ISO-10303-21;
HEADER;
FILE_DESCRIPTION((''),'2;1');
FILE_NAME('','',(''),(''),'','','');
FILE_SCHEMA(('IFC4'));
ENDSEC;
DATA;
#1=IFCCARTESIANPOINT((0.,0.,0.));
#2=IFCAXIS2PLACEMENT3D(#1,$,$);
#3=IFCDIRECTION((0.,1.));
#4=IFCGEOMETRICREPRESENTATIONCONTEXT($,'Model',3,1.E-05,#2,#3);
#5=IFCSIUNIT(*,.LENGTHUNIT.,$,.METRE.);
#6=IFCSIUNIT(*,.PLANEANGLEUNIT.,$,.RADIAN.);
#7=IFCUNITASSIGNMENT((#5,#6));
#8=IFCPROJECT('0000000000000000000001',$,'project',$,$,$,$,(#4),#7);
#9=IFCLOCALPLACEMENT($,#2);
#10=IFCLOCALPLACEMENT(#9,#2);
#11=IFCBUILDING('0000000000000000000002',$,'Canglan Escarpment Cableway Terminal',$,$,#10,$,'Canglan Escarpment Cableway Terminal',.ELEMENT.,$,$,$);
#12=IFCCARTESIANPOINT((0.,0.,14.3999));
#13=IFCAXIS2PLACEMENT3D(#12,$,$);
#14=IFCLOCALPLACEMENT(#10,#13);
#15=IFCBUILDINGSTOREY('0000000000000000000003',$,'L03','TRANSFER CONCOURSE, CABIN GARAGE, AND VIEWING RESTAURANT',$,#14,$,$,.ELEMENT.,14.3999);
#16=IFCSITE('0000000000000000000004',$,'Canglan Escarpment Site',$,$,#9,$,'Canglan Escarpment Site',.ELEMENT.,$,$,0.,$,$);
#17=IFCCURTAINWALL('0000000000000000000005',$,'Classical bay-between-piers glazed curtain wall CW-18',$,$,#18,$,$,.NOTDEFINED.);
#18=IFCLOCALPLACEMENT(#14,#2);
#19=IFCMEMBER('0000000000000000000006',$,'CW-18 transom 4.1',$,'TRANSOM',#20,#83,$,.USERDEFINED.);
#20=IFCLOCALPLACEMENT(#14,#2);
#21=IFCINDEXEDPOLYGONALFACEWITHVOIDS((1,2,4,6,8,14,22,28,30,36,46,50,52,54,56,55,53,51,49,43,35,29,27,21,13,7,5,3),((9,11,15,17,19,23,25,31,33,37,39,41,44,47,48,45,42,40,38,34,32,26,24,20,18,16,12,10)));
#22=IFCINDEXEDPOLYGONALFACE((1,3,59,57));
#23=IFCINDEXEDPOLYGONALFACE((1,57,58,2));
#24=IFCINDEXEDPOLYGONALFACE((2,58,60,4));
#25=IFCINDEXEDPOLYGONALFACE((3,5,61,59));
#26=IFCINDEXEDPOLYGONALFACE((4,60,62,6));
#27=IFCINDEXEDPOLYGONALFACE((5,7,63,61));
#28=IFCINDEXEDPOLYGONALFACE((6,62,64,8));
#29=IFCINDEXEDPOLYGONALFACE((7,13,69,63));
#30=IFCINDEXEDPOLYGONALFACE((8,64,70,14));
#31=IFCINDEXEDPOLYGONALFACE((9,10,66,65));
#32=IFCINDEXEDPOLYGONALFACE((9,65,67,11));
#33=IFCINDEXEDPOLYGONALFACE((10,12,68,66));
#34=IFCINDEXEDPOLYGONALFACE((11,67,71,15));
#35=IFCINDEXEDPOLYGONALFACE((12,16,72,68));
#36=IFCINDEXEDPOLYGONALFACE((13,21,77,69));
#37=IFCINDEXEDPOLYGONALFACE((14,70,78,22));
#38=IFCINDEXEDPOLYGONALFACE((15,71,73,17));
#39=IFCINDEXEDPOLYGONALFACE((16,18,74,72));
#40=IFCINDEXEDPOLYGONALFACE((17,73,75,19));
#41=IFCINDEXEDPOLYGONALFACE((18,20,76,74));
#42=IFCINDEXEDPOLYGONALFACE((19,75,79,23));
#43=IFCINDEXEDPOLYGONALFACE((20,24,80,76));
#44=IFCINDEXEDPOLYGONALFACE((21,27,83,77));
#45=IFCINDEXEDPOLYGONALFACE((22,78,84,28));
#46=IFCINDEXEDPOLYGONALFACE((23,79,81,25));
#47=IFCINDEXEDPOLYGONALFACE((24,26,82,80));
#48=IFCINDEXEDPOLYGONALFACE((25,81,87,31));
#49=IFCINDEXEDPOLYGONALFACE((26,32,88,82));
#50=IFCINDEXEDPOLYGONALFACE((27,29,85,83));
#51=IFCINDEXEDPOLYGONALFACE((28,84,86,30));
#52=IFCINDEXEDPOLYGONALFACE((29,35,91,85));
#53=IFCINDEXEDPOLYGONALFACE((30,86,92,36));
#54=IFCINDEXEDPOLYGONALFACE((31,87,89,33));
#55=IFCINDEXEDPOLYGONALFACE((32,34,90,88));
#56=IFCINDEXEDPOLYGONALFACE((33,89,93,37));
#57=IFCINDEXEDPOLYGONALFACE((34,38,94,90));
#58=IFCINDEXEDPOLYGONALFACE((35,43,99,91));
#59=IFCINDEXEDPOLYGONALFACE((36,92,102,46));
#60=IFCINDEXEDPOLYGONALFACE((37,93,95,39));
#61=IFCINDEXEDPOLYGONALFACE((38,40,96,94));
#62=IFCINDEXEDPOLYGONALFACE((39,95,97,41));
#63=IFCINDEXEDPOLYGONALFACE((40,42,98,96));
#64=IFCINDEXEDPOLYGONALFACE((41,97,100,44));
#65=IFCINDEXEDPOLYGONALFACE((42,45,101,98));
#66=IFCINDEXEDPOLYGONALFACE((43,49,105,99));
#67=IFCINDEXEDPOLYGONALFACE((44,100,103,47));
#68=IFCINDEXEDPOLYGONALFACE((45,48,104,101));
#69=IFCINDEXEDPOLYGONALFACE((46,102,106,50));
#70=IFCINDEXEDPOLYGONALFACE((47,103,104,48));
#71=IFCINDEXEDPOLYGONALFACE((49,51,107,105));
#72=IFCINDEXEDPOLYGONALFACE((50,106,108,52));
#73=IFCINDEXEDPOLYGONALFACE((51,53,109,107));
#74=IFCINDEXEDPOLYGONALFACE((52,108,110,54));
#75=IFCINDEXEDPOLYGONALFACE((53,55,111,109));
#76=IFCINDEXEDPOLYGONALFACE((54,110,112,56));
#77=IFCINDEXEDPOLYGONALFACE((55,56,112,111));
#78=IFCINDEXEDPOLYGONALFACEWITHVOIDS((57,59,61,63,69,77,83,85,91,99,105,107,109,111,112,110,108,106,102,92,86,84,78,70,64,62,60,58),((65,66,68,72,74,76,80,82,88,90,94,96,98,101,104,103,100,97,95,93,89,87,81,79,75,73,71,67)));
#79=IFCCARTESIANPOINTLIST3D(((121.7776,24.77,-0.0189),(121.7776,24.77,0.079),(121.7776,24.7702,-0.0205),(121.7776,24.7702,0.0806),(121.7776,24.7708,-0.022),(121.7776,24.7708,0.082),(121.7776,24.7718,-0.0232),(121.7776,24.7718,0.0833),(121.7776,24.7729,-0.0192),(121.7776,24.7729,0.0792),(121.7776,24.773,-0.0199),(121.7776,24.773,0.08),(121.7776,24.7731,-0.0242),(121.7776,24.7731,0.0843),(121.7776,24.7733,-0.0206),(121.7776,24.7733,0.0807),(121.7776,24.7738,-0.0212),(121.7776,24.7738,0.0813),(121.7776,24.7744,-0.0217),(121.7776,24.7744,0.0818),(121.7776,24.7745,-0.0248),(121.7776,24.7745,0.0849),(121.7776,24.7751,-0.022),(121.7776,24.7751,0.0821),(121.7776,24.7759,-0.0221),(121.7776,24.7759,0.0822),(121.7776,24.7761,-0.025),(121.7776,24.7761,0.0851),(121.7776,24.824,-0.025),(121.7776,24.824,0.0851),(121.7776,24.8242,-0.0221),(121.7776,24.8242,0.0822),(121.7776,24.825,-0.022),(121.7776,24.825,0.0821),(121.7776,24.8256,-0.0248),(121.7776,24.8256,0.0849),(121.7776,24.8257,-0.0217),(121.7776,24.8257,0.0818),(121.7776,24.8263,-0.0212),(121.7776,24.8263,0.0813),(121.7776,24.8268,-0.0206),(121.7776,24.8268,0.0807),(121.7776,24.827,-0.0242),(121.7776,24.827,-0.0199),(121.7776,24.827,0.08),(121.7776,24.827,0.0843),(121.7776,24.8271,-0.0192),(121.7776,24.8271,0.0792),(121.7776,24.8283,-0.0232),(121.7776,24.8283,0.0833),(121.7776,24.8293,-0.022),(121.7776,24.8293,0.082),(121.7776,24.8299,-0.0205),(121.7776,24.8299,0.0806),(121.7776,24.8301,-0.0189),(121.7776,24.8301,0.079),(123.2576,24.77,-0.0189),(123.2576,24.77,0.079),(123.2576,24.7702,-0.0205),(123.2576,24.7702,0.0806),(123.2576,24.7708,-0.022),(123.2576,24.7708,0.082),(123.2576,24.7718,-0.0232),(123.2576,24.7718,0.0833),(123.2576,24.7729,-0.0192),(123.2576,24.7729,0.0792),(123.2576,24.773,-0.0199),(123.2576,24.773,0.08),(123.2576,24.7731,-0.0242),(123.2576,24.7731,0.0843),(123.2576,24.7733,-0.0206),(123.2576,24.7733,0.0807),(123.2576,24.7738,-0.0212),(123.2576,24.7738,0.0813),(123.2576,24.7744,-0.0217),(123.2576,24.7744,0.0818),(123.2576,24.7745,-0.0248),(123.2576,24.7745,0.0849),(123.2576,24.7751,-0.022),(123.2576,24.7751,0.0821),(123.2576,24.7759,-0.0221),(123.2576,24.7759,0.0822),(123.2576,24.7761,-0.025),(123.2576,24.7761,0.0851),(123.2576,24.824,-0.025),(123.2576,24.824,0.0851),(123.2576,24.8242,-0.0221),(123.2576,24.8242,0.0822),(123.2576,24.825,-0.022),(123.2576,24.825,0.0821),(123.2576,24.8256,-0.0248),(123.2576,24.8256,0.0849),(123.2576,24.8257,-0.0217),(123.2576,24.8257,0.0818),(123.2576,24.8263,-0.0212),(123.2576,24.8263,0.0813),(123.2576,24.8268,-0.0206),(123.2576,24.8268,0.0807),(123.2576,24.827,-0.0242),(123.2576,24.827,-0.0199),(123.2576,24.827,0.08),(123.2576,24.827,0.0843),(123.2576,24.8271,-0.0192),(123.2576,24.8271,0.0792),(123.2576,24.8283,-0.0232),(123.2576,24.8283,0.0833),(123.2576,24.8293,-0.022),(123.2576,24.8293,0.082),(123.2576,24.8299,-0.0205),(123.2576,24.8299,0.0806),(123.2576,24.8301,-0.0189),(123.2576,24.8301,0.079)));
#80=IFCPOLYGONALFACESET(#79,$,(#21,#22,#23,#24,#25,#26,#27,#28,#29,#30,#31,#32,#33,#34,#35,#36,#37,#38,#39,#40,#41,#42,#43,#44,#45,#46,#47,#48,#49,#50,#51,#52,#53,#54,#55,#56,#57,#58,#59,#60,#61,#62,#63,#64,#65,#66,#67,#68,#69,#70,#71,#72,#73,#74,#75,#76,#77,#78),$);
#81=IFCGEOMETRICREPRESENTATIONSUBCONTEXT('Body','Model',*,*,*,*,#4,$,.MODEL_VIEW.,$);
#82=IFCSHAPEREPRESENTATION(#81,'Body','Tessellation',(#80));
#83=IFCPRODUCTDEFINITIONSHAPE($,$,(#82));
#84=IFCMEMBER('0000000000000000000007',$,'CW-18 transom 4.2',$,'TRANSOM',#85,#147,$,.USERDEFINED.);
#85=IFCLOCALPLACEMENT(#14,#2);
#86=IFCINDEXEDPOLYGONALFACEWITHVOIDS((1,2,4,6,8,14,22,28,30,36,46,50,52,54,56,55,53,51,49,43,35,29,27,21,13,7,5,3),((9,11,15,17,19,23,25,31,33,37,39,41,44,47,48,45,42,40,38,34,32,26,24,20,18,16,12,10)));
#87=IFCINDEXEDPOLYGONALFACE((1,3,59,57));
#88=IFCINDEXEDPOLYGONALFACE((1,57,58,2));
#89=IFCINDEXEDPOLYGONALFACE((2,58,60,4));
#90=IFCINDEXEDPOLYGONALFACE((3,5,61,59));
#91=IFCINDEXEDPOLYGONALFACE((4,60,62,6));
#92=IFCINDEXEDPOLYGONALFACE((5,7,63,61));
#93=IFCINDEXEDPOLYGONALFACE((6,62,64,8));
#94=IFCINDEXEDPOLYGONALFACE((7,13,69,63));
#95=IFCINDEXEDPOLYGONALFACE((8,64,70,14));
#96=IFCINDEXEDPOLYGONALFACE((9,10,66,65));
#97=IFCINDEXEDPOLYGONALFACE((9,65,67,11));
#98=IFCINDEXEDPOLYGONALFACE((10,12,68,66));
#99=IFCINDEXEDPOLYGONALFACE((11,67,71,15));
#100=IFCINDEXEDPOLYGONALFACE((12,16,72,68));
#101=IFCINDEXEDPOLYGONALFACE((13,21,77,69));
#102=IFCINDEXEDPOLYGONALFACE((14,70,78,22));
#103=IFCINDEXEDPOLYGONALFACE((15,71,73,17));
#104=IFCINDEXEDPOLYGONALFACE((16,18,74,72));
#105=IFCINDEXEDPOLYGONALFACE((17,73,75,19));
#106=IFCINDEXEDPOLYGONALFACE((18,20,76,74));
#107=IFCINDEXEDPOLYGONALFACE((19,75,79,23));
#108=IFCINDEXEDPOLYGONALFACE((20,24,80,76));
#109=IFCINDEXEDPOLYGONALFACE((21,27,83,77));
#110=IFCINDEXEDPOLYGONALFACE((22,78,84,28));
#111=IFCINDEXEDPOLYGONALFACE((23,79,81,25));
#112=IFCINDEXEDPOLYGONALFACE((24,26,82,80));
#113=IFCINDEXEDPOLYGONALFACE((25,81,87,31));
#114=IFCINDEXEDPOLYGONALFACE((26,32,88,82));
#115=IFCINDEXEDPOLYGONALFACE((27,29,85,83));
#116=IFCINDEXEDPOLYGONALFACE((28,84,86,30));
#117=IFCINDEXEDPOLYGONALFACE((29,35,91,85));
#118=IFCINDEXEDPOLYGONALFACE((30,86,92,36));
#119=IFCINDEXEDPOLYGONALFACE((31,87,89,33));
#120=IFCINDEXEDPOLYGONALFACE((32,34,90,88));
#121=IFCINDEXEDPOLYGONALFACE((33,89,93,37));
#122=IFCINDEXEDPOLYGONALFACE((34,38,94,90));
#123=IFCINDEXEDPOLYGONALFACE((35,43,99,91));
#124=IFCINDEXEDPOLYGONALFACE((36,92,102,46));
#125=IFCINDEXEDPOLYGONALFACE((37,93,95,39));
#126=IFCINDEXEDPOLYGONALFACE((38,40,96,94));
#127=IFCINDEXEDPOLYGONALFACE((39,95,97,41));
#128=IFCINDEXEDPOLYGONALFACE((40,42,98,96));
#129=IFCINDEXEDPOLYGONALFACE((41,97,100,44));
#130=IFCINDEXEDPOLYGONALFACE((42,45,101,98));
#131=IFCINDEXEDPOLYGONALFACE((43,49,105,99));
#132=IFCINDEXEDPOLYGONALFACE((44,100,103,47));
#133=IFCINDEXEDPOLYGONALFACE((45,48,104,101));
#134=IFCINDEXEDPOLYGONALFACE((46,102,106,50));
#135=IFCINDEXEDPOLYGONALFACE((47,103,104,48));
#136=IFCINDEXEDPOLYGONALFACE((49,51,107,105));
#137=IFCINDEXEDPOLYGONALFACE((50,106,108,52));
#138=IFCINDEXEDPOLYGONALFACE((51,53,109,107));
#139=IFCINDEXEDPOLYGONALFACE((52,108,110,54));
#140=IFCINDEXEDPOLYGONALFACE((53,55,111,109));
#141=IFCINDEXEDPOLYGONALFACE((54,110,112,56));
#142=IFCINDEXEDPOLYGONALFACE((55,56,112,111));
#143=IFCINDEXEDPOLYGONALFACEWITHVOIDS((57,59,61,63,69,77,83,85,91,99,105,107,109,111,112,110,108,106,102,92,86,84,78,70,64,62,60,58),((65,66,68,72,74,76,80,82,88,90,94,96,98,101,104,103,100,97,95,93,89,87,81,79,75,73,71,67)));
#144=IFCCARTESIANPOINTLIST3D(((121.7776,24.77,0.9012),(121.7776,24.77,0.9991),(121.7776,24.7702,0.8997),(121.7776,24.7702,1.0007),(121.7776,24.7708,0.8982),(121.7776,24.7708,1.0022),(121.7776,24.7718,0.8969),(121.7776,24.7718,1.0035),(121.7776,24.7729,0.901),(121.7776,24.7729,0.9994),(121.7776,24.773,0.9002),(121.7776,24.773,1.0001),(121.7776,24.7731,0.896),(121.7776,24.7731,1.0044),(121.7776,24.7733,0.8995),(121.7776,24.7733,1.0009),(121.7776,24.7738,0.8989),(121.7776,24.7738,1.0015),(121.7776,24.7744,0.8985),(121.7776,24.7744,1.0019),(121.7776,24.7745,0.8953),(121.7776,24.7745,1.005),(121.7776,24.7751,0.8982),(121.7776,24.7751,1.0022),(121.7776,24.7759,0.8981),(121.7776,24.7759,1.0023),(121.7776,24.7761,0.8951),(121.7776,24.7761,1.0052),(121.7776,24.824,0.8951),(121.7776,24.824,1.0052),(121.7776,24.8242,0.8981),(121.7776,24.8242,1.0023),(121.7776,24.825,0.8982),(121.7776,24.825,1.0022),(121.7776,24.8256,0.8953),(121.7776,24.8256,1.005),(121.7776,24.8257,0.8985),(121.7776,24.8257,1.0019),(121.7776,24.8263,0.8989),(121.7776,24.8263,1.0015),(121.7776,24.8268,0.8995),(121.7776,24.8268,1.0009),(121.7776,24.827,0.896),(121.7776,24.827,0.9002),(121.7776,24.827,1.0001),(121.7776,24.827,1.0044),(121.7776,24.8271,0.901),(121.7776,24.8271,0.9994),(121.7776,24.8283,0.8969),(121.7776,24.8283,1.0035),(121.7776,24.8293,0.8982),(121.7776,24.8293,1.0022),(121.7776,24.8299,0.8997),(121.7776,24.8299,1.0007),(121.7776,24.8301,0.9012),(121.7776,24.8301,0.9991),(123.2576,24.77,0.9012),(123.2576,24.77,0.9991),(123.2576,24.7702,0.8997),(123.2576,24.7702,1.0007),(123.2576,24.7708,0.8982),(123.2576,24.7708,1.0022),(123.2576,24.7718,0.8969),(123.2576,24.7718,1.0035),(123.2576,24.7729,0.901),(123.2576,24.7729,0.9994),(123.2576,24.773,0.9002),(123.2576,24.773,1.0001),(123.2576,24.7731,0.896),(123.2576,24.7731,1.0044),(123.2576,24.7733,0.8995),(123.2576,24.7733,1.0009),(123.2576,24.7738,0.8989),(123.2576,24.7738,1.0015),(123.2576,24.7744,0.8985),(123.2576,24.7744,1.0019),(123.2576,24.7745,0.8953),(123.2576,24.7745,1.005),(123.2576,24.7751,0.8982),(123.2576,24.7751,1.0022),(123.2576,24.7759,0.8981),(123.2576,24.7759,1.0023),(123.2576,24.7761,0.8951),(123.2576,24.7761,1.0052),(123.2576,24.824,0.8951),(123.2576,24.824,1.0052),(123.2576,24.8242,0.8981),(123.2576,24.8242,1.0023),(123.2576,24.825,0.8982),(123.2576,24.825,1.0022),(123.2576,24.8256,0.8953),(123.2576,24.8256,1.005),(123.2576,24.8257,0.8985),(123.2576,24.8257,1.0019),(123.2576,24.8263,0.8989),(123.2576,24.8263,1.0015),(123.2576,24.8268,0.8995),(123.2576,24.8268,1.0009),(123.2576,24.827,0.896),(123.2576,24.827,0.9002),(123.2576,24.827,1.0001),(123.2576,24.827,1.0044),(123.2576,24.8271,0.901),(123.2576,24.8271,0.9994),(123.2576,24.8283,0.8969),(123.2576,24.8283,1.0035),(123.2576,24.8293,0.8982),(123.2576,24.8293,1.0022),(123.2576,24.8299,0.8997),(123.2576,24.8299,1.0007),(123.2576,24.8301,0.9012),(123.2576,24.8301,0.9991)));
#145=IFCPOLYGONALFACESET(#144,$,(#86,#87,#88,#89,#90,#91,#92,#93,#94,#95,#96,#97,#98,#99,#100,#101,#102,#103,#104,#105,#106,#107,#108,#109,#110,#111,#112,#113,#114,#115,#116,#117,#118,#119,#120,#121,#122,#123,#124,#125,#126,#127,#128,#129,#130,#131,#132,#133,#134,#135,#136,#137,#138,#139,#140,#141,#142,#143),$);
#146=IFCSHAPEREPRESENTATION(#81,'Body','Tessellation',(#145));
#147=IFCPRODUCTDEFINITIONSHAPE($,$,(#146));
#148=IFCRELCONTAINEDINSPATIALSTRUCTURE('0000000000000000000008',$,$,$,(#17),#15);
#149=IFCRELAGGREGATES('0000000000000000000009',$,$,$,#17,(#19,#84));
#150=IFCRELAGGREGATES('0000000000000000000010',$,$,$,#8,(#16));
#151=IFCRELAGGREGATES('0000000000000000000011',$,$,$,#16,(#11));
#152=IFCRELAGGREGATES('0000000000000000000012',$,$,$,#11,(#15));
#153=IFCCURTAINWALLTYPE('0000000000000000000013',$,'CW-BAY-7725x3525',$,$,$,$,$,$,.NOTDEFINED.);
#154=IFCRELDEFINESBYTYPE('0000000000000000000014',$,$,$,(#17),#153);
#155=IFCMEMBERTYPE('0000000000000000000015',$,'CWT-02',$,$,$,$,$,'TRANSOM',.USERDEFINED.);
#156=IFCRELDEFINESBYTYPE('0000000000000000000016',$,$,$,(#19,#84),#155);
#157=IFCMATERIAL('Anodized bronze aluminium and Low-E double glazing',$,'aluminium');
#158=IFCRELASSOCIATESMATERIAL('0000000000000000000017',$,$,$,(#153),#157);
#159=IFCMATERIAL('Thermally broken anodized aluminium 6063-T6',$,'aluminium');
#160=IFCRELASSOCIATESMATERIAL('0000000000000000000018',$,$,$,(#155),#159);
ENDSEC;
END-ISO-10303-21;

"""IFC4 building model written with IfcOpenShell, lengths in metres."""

from ifc_helpers import new_model, si_unit, direction, frame, origin, origin_2d, place, context, subcontext, project, spatial, hollow_rectangle, extrude, material, material_profile, profile_set, type_object, element, aggregate, save


model = new_model("IFC4")

# Units and contexts
model_context = context("Model", 3, precision=1e-05, world=origin(), true_north=direction((0.0, 1.0)))
body_context = subcontext(model_context, "Body", "Model", "MODEL_VIEW")
ifc_project = project(units=[si_unit("LENGTHUNIT", "METRE"), si_unit("PLANEANGLEUNIT", "RADIAN")], contexts=[model_context])

# Site, building, storey
site_placement = place(None, origin())
site = spatial("IfcSite", under=ifc_project, at=site_placement, Name="Canglan Escarpment Site", LongName="Canglan Escarpment Site", CompositionType="ELEMENT", RefElevation=0.0)
building_placement = place(site_placement, origin())
building = spatial("IfcBuilding", under=site, at=building_placement, Name="Canglan Escarpment Cableway Terminal", LongName="Canglan Escarpment Cableway Terminal", CompositionType="ELEMENT")
storey_placement = place(building_placement, frame((0.0, 0.0, 14.3999)))
storey = spatial("IfcBuildingStorey", under=building, at=storey_placement, Name="L03", Description="TRANSFER CONCOURSE, CABIN GARAGE, AND VIEWING RESTAURANT", CompositionType="ELEMENT", Elevation=14.3999)

# Curtain wall, members
ifc_material_1 = material(Name="Anodized bronze aluminium and Low-E double glazing", Category="aluminium")
curtain_wall_type = type_object("IfcCurtainWallType", Name="CW-BAY-7725x3525", PredefinedType="NOTDEFINED", material=ifc_material_1)
curtain_wall_placement = place(storey_placement, origin())
curtain_wall = element("IfcCurtainWall", 1, at=curtain_wall_placement, inside=storey, type_object=curtain_wall_type, Name="Classical bay-between-piers glazed curtain wall CW-18", PredefinedType="NOTDEFINED")
ifc_material_2 = material(Name="Thermally broken anodized aluminium 6063-T6", Category="aluminium")
ifc_material_profile_1 = material_profile(ifc_material_2, hollow_rectangle(XDim=0.0601, YDim=0.1101, WallThickness=0.0029, InnerFilletRadius=0.0029, OuterFilletRadius=0.0061, at=origin_2d()), Name="ALU-TRAN 60x110x3")
ifc_profile_set_1 = profile_set([ifc_material_profile_1], Name="Thermally broken anodized aluminium 6063-T6")
member_type_1 = type_object("IfcMemberType", Name="CWT-02", ElementType="TRANSOM", PredefinedType="USERDEFINED", material=ifc_profile_set_1)
member_1_placement = place(storey_placement, frame((123.2576, 24.8, 0.03), z_axis=(-1.0, 0.0, 0.0), x_axis=(0.0, -1.0, 0.0)))
member_1 = element("IfcMember", 2, at=member_1_placement, type_object=member_type_1, Name="CW-18 transom 4.1", ObjectType="TRANSOM", PredefinedType="USERDEFINED", context=body_context, shape_type="SweptSolid", body=[
    extrude(hollow_rectangle(XDim=0.0601, YDim=0.1101, WallThickness=0.0029, InnerFilletRadius=0.0029, OuterFilletRadius=0.0061, at=origin_2d()), origin(), (0.0, 0.0, 1.0), 1.48),
])
member_2_placement = place(storey_placement, frame((123.2576, 24.8, 0.9502), z_axis=(-1.0, 0.0, 0.0), x_axis=(0.0, -1.0, 0.0)))
member_2 = element("IfcMember", 3, at=member_2_placement, type_object=member_type_1, Name="CW-18 transom 4.2", ObjectType="TRANSOM", PredefinedType="USERDEFINED", context=body_context, shape_type="SweptSolid", body=[
    extrude(hollow_rectangle(XDim=0.0601, YDim=0.1101, WallThickness=0.0029, InnerFilletRadius=0.0029, OuterFilletRadius=0.0061, at=origin_2d()), origin(), (0.0, 0.0, 1.0), 1.48),
])
aggregate(curtain_wall, [member_1, member_2])

save(model, "model.ifc")
